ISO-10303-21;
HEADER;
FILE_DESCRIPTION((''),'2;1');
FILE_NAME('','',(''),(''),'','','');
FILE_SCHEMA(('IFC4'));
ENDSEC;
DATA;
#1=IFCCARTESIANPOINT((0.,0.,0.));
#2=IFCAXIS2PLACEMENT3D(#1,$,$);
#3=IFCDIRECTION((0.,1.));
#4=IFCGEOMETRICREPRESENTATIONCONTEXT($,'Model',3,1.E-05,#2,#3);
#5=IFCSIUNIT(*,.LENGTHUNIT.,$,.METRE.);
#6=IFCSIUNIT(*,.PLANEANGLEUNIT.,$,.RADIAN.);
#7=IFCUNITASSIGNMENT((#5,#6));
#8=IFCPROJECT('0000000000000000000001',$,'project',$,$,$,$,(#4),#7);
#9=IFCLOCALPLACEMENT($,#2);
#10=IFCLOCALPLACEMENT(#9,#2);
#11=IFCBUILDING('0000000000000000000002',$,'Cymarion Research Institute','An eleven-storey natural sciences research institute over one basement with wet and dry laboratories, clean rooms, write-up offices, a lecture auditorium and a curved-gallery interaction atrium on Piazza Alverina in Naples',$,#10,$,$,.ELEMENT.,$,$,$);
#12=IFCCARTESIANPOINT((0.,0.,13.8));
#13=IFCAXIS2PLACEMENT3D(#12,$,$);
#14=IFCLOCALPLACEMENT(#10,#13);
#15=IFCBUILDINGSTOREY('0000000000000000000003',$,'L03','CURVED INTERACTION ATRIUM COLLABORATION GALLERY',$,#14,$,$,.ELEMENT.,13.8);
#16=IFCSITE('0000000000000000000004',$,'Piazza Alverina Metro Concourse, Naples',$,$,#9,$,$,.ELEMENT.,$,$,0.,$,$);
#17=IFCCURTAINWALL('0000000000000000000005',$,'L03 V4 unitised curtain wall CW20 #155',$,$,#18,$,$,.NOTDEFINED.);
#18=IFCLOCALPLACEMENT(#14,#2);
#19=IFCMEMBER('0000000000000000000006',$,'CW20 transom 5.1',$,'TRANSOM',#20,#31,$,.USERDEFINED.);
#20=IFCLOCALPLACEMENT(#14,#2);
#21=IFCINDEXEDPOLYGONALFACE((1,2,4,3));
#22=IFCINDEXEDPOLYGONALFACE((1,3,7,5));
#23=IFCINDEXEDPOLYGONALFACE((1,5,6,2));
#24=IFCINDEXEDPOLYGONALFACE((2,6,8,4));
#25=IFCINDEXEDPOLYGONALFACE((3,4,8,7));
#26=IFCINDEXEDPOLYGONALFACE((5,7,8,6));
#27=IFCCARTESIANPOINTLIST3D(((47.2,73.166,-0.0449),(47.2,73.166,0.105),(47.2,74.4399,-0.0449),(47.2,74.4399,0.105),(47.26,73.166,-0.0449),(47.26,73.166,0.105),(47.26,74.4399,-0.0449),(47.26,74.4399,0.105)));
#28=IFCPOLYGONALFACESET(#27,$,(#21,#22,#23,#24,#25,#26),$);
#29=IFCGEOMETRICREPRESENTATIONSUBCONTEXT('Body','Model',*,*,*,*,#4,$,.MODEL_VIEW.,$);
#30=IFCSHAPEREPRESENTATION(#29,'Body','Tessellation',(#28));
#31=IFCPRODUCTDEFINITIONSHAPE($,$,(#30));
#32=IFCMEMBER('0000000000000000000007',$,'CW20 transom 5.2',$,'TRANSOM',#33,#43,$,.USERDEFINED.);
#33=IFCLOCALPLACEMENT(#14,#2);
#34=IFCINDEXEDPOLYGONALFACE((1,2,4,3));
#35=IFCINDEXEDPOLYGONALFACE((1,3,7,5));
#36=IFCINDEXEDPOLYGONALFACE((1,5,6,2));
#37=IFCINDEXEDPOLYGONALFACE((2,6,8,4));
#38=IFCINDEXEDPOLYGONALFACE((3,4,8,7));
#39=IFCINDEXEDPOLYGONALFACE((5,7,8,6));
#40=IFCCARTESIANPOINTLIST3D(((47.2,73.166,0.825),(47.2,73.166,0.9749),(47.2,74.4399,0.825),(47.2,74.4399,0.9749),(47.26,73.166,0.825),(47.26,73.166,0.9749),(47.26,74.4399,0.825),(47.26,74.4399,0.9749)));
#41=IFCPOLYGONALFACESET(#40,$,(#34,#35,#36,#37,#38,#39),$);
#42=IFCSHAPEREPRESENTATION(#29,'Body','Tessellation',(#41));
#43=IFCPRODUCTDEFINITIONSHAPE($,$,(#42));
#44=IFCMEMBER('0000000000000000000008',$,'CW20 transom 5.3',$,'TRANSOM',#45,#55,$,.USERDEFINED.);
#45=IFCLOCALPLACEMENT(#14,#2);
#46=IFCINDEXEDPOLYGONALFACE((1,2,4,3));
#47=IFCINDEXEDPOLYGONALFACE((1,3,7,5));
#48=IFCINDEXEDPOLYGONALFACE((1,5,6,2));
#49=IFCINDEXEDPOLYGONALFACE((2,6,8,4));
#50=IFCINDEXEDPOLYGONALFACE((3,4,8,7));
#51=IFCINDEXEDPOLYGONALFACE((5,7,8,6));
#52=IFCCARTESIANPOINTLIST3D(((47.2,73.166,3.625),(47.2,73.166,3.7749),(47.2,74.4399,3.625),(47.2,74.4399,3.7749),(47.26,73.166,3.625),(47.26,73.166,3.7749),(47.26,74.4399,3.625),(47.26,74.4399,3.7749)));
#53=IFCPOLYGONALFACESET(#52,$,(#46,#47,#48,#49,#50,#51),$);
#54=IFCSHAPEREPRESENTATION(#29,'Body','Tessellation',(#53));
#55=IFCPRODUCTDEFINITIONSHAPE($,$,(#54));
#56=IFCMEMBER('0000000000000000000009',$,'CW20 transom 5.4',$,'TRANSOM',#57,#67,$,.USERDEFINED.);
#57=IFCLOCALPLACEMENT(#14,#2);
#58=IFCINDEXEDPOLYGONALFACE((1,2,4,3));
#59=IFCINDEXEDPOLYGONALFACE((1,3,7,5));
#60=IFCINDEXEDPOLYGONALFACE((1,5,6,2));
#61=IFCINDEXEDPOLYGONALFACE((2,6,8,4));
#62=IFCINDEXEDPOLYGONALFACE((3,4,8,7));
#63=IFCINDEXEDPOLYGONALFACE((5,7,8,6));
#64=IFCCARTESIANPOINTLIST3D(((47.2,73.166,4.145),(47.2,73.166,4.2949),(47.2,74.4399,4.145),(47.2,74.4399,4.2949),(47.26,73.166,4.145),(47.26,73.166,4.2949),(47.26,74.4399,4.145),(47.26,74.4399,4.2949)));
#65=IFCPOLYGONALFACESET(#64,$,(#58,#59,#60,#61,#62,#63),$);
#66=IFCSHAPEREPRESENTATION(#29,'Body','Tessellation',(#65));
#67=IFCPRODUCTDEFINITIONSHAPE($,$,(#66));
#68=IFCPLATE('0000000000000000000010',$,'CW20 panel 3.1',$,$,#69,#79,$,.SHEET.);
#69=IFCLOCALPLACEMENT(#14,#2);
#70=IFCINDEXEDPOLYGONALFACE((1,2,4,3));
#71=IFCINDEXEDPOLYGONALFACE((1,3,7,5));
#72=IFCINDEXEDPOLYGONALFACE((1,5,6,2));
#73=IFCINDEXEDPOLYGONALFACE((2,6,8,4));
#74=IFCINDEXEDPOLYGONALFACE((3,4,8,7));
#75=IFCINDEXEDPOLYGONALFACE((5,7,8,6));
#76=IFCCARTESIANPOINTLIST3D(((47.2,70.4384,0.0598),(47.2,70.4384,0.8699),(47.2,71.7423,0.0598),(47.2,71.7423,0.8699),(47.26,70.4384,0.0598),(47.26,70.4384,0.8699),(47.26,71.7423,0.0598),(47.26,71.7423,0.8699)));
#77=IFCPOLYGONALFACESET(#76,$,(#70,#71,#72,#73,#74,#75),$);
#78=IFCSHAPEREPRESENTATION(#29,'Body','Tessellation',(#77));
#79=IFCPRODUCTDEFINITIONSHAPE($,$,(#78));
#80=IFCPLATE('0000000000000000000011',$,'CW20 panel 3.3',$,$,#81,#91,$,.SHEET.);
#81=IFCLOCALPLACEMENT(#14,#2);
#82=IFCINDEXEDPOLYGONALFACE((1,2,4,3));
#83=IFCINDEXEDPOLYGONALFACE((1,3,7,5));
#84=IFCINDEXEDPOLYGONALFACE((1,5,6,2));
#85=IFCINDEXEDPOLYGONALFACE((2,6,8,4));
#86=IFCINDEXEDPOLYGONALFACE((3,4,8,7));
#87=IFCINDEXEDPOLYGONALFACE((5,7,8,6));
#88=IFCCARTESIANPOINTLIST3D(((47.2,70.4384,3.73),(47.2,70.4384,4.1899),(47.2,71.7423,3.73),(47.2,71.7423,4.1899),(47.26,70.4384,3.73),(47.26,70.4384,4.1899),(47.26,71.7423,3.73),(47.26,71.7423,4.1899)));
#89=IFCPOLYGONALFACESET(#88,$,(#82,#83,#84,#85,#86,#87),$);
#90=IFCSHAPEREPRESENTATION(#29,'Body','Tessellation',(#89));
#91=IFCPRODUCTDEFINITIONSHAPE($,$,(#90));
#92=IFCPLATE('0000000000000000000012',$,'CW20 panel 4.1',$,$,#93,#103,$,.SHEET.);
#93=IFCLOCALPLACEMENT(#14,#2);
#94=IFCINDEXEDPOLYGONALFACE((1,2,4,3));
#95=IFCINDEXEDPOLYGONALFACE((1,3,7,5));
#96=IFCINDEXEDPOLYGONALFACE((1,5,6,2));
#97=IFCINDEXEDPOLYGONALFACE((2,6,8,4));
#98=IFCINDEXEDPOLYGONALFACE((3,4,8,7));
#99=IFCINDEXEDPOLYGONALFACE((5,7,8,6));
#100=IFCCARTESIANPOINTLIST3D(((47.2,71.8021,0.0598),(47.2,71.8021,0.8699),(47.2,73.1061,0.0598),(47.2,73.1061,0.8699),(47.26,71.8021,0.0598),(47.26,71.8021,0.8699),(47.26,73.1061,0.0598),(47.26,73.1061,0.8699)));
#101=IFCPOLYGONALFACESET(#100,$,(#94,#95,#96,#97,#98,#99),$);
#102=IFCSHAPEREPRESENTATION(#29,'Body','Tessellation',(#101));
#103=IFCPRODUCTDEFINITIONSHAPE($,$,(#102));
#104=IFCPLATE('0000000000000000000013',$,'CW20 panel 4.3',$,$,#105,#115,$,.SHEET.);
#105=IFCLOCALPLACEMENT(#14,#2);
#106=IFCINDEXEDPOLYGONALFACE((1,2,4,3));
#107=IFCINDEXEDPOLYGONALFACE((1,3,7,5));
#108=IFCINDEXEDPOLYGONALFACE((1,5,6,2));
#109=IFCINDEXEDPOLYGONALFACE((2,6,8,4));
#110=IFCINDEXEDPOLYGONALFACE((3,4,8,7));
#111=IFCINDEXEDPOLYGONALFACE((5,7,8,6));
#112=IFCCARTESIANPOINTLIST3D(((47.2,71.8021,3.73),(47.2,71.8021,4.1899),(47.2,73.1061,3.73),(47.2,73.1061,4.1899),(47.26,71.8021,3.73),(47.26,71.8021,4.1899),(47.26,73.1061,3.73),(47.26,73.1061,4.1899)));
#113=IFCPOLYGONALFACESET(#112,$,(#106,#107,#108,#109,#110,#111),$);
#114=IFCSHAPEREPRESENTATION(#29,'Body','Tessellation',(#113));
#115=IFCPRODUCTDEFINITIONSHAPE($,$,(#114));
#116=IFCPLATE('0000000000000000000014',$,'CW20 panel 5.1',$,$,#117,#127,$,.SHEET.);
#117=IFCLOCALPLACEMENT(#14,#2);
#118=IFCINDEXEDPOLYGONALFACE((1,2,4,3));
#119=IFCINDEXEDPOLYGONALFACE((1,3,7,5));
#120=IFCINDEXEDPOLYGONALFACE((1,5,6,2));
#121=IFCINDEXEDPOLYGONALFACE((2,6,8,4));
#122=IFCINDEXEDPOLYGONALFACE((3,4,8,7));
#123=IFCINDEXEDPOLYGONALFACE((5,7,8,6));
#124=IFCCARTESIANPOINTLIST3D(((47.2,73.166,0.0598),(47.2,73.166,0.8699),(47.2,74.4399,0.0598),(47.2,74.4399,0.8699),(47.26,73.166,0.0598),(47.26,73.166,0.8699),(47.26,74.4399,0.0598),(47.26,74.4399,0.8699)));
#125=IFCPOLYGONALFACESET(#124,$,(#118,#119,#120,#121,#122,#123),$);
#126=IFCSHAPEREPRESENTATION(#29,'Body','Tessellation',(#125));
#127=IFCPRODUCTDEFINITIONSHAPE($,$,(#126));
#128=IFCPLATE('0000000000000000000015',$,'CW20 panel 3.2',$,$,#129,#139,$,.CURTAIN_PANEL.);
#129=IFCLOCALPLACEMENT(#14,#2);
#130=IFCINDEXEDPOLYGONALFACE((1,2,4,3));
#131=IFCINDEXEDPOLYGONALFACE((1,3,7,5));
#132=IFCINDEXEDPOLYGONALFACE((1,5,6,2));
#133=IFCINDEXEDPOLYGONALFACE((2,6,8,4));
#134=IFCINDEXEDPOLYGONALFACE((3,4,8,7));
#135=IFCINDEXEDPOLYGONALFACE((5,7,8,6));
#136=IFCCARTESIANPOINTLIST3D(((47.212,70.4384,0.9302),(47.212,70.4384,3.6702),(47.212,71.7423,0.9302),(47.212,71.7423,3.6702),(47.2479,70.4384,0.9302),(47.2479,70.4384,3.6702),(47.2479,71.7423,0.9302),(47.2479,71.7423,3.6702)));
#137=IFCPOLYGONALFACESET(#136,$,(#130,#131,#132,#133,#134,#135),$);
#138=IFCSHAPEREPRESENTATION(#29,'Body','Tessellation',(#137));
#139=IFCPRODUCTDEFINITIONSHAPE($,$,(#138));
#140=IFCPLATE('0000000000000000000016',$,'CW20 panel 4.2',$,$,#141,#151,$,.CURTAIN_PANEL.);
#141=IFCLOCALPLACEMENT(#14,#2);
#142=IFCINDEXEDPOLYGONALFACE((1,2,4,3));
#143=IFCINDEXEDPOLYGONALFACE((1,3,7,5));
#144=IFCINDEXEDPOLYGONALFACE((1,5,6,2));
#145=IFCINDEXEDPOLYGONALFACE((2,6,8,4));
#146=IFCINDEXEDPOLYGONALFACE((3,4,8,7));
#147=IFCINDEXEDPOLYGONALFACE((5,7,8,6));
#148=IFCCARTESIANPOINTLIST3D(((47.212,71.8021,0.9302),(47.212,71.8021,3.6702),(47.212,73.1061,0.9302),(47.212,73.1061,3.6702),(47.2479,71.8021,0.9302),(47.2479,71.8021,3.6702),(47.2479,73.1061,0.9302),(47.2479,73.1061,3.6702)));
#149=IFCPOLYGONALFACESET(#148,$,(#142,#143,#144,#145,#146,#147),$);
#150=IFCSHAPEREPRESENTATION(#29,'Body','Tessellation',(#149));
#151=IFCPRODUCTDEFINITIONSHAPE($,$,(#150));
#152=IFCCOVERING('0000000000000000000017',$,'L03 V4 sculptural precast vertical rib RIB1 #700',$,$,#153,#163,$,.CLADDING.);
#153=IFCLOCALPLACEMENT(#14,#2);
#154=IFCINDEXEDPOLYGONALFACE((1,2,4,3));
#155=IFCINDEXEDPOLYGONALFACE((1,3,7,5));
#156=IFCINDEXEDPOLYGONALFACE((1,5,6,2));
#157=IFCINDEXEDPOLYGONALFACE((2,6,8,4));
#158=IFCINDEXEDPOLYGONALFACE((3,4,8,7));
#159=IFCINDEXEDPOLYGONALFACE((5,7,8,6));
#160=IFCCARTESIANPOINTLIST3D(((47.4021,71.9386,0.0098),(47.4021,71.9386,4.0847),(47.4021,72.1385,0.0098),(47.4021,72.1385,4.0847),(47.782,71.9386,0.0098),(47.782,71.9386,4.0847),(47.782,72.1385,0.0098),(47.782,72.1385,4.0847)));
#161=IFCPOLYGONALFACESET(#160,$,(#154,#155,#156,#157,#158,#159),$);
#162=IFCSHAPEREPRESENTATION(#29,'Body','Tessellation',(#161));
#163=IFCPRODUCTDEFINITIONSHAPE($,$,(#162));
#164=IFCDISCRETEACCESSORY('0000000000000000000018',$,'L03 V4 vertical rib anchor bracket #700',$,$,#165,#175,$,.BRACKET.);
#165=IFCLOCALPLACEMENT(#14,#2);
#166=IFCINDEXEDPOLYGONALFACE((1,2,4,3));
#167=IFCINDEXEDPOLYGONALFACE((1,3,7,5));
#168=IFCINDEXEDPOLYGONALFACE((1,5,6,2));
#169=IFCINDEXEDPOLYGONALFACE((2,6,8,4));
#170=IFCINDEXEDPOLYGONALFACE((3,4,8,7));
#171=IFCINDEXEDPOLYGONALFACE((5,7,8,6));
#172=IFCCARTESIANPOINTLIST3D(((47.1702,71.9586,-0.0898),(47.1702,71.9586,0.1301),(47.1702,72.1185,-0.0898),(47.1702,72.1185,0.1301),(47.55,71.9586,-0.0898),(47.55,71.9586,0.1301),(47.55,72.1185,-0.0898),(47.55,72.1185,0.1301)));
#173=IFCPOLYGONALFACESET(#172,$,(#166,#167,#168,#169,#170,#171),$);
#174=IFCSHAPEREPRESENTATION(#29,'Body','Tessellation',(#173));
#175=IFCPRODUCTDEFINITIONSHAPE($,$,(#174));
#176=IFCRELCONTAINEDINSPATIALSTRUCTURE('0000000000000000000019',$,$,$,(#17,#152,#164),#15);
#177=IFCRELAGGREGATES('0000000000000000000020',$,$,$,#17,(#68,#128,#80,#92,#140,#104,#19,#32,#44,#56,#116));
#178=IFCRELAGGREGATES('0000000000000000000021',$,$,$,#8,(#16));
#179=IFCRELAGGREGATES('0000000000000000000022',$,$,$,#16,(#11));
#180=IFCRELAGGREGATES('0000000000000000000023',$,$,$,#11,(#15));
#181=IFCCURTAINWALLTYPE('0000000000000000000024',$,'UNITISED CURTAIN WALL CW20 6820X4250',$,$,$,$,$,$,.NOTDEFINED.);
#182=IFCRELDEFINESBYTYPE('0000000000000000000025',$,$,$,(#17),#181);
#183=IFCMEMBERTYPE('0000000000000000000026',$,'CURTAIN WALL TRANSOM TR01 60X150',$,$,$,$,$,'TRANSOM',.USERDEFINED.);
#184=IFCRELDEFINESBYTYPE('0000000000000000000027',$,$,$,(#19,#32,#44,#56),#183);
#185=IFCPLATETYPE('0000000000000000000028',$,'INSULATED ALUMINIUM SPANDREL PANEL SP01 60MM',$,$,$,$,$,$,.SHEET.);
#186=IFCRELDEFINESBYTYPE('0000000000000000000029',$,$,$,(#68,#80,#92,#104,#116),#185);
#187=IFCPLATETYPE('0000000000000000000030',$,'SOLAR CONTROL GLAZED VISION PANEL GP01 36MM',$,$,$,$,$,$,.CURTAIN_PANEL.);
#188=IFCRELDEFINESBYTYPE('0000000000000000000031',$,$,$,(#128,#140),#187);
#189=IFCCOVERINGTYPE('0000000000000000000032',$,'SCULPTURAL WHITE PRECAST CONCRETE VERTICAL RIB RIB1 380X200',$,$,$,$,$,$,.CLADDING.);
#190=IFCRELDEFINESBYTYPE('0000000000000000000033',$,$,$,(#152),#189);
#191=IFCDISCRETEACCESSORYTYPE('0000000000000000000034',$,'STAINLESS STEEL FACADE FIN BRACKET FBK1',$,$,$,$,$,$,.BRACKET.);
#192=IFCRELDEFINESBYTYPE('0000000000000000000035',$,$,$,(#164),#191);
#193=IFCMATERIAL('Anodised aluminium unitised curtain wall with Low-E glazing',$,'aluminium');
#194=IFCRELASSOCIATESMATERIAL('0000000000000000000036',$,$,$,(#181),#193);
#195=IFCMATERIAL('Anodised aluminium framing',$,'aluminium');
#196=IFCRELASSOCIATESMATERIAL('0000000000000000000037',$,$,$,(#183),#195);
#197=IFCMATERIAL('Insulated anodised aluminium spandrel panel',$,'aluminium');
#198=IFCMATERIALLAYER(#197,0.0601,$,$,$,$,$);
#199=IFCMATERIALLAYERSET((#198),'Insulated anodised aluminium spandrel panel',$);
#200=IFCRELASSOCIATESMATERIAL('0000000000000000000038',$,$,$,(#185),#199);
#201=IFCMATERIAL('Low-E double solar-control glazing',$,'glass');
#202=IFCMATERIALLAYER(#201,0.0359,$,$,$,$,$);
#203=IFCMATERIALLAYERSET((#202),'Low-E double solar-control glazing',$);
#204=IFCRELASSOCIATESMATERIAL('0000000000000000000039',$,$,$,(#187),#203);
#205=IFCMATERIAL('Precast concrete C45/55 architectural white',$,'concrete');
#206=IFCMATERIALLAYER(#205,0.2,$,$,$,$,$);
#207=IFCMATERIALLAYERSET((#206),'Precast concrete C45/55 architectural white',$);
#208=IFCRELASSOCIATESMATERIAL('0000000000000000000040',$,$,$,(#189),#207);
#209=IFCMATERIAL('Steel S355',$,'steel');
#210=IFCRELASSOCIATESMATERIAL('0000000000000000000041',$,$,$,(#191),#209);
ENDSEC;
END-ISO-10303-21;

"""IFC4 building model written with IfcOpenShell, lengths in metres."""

from ifc_helpers import new_model, si_unit, direction, frame, origin, origin_2d, place, context, subcontext, project, spatial, rectangle, extrude, material, layer, layer_set, material_profile, profile_set, type_object, element, aggregate, save


model = new_model("IFC4")

# Units and contexts
model_context = context("Model", 3, precision=1e-05, world=origin(), true_north=direction((0.0, 1.0)))
body_context = subcontext(model_context, "Body", "Model", "MODEL_VIEW")
ifc_project = project(units=[si_unit("LENGTHUNIT", "METRE"), si_unit("PLANEANGLEUNIT", "RADIAN")], contexts=[model_context])

# Site, building, storey
site_placement = place(None, origin())
site = spatial("IfcSite", under=ifc_project, at=site_placement, Name="Piazza Alverina Metro Concourse, Naples", CompositionType="ELEMENT", RefElevation=0.0)
building_placement = place(site_placement, origin())
building = spatial("IfcBuilding", under=site, at=building_placement, Name="Cymarion Research Institute", Description="An eleven-storey natural sciences research institute over one basement with wet and dry laboratories, clean rooms, write-up offices, a lecture auditorium and a curved-gallery interaction atrium on Piazza Alverina in Naples", CompositionType="ELEMENT")
storey_placement = place(building_placement, frame((0.0, 0.0, 13.8)))
storey = spatial("IfcBuildingStorey", under=building, at=storey_placement, Name="L03", Description="CURVED INTERACTION ATRIUM COLLABORATION GALLERY", CompositionType="ELEMENT", Elevation=13.8)

# Shared definitions
ifc_material_1 = material(Name="Steel S355", Category="steel")

# Curtain wall, members, plates
ifc_material_2 = material(Name="Anodised aluminium unitised curtain wall with Low-E glazing", Category="aluminium")
curtain_wall_type = type_object("IfcCurtainWallType", Name="UNITISED CURTAIN WALL CW20 6820X4250", PredefinedType="NOTDEFINED", material=ifc_material_2)
curtain_wall_placement = place(storey_placement, origin())
curtain_wall = element("IfcCurtainWall", 1, at=curtain_wall_placement, inside=storey, type_object=curtain_wall_type, Name="L03 V4 unitised curtain wall CW20 #155", PredefinedType="NOTDEFINED")
ifc_material_3 = material(Name="Anodised aluminium framing", Category="aluminium")
ifc_material_profile_1 = material_profile(ifc_material_3, rectangle(XDim=0.0601, YDim=0.1499, at=origin_2d()), Name="ALU TRANSOM 60x150")
ifc_profile_set_1 = profile_set([ifc_material_profile_1], Name="Anodised aluminium framing")
member_type_1 = type_object("IfcMemberType", Name="CURTAIN WALL TRANSOM TR01 60X150", ElementType="TRANSOM", PredefinedType="USERDEFINED", material=ifc_profile_set_1)
member_1_placement = place(storey_placement, frame((47.23, 73.166, 0.03), z_axis=(0.0, 1.0, 0.0), x_axis=(-1.0, 0.0, 0.0)))
member_1 = element("IfcMember", 2, at=member_1_placement, type_object=member_type_1, Name="CW20 transom 5.1", ObjectType="TRANSOM", PredefinedType="USERDEFINED", context=body_context, shape_type="SweptSolid", body=[
    extrude(rectangle(XDim=0.0601, YDim=0.1499, at=origin_2d()), origin(), (0.0, 0.0, 1.0), 1.2739),
])
member_2_placement = place(storey_placement, frame((47.23, 73.166, 0.8999), z_axis=(0.0, 1.0, 0.0), x_axis=(-1.0, 0.0, 0.0)))
member_2 = element("IfcMember", 3, at=member_2_placement, type_object=member_type_1, Name="CW20 transom 5.2", ObjectType="TRANSOM", PredefinedType="USERDEFINED", context=body_context, shape_type="SweptSolid", body=[
    extrude(rectangle(XDim=0.0601, YDim=0.1499, at=origin_2d()), origin(), (0.0, 0.0, 1.0), 1.2739),
])
member_3_placement = place(storey_placement, frame((47.23, 73.166, 3.7), z_axis=(0.0, 1.0, 0.0), x_axis=(-1.0, 0.0, 0.0)))
member_3 = element("IfcMember", 4, at=member_3_placement, type_object=member_type_1, Name="CW20 transom 5.3", ObjectType="TRANSOM", PredefinedType="USERDEFINED", context=body_context, shape_type="SweptSolid", body=[
    extrude(rectangle(XDim=0.0601, YDim=0.1499, at=origin_2d()), origin(), (0.0, 0.0, 1.0), 1.2739),
])
member_4_placement = place(storey_placement, frame((47.23, 73.166, 4.22), z_axis=(0.0, 1.0, 0.0), x_axis=(-1.0, 0.0, 0.0)))
member_4 = element("IfcMember", 5, at=member_4_placement, type_object=member_type_1, Name="CW20 transom 5.4", ObjectType="TRANSOM", PredefinedType="USERDEFINED", context=body_context, shape_type="SweptSolid", body=[
    extrude(rectangle(XDim=0.0601, YDim=0.1499, at=origin_2d()), origin(), (0.0, 0.0, 1.0), 1.2739),
])
ifc_material_4 = material(Name="Insulated anodised aluminium spandrel panel", Category="aluminium")
ifc_layer_1 = layer(ifc_material_4, 0.0601)
ifc_layer_set_1 = layer_set([ifc_layer_1], Name="Insulated anodised aluminium spandrel panel")
plate_type_1 = type_object("IfcPlateType", Name="INSULATED ALUMINIUM SPANDREL PANEL SP01 60MM", PredefinedType="SHEET", material=ifc_layer_set_1)
plate_1_placement = place(storey_placement, frame((47.23, 71.0903, 0.0598), z_axis=(0.0, 0.0, 1.0), x_axis=(0.0, 1.0, 0.0)))
plate_1 = element("IfcPlate", 6, at=plate_1_placement, type_object=plate_type_1, Name="CW20 panel 3.1", PredefinedType="SHEET", context=body_context, shape_type="SweptSolid", body=[
    extrude(rectangle(XDim=1.304, YDim=0.0601, at=origin_2d()), origin(), (0.0, 0.0, 1.0), 0.8101),
])
plate_2_placement = place(storey_placement, frame((47.23, 71.0903, 3.73), z_axis=(0.0, 0.0, 1.0), x_axis=(0.0, 1.0, 0.0)))
plate_2 = element("IfcPlate", 7, at=plate_2_placement, type_object=plate_type_1, Name="CW20 panel 3.3", PredefinedType="SHEET", context=body_context, shape_type="SweptSolid", body=[
    extrude(rectangle(XDim=1.304, YDim=0.0601, at=origin_2d()), origin(), (0.0, 0.0, 1.0), 0.46),
])
plate_3_placement = place(storey_placement, frame((47.23, 72.4541, 0.0598), z_axis=(0.0, 0.0, 1.0), x_axis=(0.0, 1.0, 0.0)))
plate_3 = element("IfcPlate", 8, at=plate_3_placement, type_object=plate_type_1, Name="CW20 panel 4.1", PredefinedType="SHEET", context=body_context, shape_type="SweptSolid", body=[
    extrude(rectangle(XDim=1.304, YDim=0.0601, at=origin_2d()), origin(), (0.0, 0.0, 1.0), 0.8101),
])
plate_4_placement = place(storey_placement, frame((47.23, 72.4541, 3.73), z_axis=(0.0, 0.0, 1.0), x_axis=(0.0, 1.0, 0.0)))
plate_4 = element("IfcPlate", 9, at=plate_4_placement, type_object=plate_type_1, Name="CW20 panel 4.3", PredefinedType="SHEET", context=body_context, shape_type="SweptSolid", body=[
    extrude(rectangle(XDim=1.304, YDim=0.0601, at=origin_2d()), origin(), (0.0, 0.0, 1.0), 0.46),
])
plate_5_placement = place(storey_placement, frame((47.23, 73.803, 0.0598), z_axis=(0.0, 0.0, 1.0), x_axis=(0.0, 1.0, 0.0)))
plate_5 = element("IfcPlate", 10, at=plate_5_placement, type_object=plate_type_1, Name="CW20 panel 5.1", PredefinedType="SHEET", context=body_context, shape_type="SweptSolid", body=[
    extrude(rectangle(XDim=1.2739, YDim=0.0601, at=origin_2d()), origin(), (0.0, 0.0, 1.0), 0.8101),
])
ifc_material_5 = material(Name="Low-E double solar-control glazing", Category="glass")
ifc_layer_2 = layer(ifc_material_5, 0.0359)
ifc_layer_set_2 = layer_set([ifc_layer_2], Name="Low-E double solar-control glazing")
plate_type_2 = type_object("IfcPlateType", Name="SOLAR CONTROL GLAZED VISION PANEL GP01 36MM", PredefinedType="CURTAIN_PANEL", material=ifc_layer_set_2)
plate_6_placement = place(storey_placement, frame((47.23, 71.0903, 0.9302), z_axis=(0.0, 0.0, 1.0), x_axis=(0.0, 1.0, 0.0)))
plate_6 = element("IfcPlate", 11, at=plate_6_placement, type_object=plate_type_2, Name="CW20 panel 3.2", PredefinedType="CURTAIN_PANEL", context=body_context, shape_type="SweptSolid", body=[
    extrude(rectangle(XDim=1.304, YDim=0.0359, at=origin_2d()), origin(), (0.0, 0.0, 1.0), 2.74),
])
plate_7_placement = place(storey_placement, frame((47.23, 72.4541, 0.9302), z_axis=(0.0, 0.0, 1.0), x_axis=(0.0, 1.0, 0.0)))
plate_7 = element("IfcPlate", 12, at=plate_7_placement, type_object=plate_type_2, Name="CW20 panel 4.2", PredefinedType="CURTAIN_PANEL", context=body_context, shape_type="SweptSolid", body=[
    extrude(rectangle(XDim=1.304, YDim=0.0359, at=origin_2d()), origin(), (0.0, 0.0, 1.0), 2.74),
])
aggregate(curtain_wall, [plate_1, plate_6, plate_2, plate_3, plate_7, plate_4, member_1, member_2, member_3, member_4, plate_5])

# Covering
ifc_material_6 = material(Name="Precast concrete C45/55 architectural white", Category="concrete")
ifc_layer_3 = layer(ifc_material_6, 0.2)
ifc_layer_set_3 = layer_set([ifc_layer_3], Name="Precast concrete C45/55 architectural white")
covering_type = type_object("IfcCoveringType", Name="SCULPTURAL WHITE PRECAST CONCRETE VERTICAL RIB RIB1 380X200", PredefinedType="CLADDING", material=ifc_layer_set_3)
covering_placement = place(storey_placement, frame((47.592, 72.0386, 0.0098), z_axis=(0.0, 0.0, 1.0), x_axis=(1.0, 0.0, 0.0)))
element("IfcCovering", 13, at=covering_placement, inside=storey, type_object=covering_type, Name="L03 V4 sculptural precast vertical rib RIB1 #700", PredefinedType="CLADDING", context=body_context, shape_type="SweptSolid", body=[
    extrude(rectangle(XDim=0.3799, YDim=0.2, at=origin_2d()), origin(), (0.0, 0.0, 1.0), 4.075),
])

# Discrete accessory
discrete_accessory_type = type_object("IfcDiscreteAccessoryType", Name="STAINLESS STEEL FACADE FIN BRACKET FBK1", PredefinedType="BRACKET", material=ifc_material_1)
discrete_accessory_placement = place(storey_placement, frame((47.3601, 72.0386, -0.0898), z_axis=(0.0, 0.0, 1.0), x_axis=(1.0, 0.0, 0.0)))
element("IfcDiscreteAccessory", 14, at=discrete_accessory_placement, inside=storey, type_object=discrete_accessory_type, Name="L03 V4 vertical rib anchor bracket #700", PredefinedType="BRACKET", context=body_context, shape_type="SweptSolid", body=[
    extrude(rectangle(XDim=0.3799, YDim=0.1599, at=origin_2d()), origin(), (0.0, 0.0, 1.0), 0.22),
])

save(model, "model.ifc")
